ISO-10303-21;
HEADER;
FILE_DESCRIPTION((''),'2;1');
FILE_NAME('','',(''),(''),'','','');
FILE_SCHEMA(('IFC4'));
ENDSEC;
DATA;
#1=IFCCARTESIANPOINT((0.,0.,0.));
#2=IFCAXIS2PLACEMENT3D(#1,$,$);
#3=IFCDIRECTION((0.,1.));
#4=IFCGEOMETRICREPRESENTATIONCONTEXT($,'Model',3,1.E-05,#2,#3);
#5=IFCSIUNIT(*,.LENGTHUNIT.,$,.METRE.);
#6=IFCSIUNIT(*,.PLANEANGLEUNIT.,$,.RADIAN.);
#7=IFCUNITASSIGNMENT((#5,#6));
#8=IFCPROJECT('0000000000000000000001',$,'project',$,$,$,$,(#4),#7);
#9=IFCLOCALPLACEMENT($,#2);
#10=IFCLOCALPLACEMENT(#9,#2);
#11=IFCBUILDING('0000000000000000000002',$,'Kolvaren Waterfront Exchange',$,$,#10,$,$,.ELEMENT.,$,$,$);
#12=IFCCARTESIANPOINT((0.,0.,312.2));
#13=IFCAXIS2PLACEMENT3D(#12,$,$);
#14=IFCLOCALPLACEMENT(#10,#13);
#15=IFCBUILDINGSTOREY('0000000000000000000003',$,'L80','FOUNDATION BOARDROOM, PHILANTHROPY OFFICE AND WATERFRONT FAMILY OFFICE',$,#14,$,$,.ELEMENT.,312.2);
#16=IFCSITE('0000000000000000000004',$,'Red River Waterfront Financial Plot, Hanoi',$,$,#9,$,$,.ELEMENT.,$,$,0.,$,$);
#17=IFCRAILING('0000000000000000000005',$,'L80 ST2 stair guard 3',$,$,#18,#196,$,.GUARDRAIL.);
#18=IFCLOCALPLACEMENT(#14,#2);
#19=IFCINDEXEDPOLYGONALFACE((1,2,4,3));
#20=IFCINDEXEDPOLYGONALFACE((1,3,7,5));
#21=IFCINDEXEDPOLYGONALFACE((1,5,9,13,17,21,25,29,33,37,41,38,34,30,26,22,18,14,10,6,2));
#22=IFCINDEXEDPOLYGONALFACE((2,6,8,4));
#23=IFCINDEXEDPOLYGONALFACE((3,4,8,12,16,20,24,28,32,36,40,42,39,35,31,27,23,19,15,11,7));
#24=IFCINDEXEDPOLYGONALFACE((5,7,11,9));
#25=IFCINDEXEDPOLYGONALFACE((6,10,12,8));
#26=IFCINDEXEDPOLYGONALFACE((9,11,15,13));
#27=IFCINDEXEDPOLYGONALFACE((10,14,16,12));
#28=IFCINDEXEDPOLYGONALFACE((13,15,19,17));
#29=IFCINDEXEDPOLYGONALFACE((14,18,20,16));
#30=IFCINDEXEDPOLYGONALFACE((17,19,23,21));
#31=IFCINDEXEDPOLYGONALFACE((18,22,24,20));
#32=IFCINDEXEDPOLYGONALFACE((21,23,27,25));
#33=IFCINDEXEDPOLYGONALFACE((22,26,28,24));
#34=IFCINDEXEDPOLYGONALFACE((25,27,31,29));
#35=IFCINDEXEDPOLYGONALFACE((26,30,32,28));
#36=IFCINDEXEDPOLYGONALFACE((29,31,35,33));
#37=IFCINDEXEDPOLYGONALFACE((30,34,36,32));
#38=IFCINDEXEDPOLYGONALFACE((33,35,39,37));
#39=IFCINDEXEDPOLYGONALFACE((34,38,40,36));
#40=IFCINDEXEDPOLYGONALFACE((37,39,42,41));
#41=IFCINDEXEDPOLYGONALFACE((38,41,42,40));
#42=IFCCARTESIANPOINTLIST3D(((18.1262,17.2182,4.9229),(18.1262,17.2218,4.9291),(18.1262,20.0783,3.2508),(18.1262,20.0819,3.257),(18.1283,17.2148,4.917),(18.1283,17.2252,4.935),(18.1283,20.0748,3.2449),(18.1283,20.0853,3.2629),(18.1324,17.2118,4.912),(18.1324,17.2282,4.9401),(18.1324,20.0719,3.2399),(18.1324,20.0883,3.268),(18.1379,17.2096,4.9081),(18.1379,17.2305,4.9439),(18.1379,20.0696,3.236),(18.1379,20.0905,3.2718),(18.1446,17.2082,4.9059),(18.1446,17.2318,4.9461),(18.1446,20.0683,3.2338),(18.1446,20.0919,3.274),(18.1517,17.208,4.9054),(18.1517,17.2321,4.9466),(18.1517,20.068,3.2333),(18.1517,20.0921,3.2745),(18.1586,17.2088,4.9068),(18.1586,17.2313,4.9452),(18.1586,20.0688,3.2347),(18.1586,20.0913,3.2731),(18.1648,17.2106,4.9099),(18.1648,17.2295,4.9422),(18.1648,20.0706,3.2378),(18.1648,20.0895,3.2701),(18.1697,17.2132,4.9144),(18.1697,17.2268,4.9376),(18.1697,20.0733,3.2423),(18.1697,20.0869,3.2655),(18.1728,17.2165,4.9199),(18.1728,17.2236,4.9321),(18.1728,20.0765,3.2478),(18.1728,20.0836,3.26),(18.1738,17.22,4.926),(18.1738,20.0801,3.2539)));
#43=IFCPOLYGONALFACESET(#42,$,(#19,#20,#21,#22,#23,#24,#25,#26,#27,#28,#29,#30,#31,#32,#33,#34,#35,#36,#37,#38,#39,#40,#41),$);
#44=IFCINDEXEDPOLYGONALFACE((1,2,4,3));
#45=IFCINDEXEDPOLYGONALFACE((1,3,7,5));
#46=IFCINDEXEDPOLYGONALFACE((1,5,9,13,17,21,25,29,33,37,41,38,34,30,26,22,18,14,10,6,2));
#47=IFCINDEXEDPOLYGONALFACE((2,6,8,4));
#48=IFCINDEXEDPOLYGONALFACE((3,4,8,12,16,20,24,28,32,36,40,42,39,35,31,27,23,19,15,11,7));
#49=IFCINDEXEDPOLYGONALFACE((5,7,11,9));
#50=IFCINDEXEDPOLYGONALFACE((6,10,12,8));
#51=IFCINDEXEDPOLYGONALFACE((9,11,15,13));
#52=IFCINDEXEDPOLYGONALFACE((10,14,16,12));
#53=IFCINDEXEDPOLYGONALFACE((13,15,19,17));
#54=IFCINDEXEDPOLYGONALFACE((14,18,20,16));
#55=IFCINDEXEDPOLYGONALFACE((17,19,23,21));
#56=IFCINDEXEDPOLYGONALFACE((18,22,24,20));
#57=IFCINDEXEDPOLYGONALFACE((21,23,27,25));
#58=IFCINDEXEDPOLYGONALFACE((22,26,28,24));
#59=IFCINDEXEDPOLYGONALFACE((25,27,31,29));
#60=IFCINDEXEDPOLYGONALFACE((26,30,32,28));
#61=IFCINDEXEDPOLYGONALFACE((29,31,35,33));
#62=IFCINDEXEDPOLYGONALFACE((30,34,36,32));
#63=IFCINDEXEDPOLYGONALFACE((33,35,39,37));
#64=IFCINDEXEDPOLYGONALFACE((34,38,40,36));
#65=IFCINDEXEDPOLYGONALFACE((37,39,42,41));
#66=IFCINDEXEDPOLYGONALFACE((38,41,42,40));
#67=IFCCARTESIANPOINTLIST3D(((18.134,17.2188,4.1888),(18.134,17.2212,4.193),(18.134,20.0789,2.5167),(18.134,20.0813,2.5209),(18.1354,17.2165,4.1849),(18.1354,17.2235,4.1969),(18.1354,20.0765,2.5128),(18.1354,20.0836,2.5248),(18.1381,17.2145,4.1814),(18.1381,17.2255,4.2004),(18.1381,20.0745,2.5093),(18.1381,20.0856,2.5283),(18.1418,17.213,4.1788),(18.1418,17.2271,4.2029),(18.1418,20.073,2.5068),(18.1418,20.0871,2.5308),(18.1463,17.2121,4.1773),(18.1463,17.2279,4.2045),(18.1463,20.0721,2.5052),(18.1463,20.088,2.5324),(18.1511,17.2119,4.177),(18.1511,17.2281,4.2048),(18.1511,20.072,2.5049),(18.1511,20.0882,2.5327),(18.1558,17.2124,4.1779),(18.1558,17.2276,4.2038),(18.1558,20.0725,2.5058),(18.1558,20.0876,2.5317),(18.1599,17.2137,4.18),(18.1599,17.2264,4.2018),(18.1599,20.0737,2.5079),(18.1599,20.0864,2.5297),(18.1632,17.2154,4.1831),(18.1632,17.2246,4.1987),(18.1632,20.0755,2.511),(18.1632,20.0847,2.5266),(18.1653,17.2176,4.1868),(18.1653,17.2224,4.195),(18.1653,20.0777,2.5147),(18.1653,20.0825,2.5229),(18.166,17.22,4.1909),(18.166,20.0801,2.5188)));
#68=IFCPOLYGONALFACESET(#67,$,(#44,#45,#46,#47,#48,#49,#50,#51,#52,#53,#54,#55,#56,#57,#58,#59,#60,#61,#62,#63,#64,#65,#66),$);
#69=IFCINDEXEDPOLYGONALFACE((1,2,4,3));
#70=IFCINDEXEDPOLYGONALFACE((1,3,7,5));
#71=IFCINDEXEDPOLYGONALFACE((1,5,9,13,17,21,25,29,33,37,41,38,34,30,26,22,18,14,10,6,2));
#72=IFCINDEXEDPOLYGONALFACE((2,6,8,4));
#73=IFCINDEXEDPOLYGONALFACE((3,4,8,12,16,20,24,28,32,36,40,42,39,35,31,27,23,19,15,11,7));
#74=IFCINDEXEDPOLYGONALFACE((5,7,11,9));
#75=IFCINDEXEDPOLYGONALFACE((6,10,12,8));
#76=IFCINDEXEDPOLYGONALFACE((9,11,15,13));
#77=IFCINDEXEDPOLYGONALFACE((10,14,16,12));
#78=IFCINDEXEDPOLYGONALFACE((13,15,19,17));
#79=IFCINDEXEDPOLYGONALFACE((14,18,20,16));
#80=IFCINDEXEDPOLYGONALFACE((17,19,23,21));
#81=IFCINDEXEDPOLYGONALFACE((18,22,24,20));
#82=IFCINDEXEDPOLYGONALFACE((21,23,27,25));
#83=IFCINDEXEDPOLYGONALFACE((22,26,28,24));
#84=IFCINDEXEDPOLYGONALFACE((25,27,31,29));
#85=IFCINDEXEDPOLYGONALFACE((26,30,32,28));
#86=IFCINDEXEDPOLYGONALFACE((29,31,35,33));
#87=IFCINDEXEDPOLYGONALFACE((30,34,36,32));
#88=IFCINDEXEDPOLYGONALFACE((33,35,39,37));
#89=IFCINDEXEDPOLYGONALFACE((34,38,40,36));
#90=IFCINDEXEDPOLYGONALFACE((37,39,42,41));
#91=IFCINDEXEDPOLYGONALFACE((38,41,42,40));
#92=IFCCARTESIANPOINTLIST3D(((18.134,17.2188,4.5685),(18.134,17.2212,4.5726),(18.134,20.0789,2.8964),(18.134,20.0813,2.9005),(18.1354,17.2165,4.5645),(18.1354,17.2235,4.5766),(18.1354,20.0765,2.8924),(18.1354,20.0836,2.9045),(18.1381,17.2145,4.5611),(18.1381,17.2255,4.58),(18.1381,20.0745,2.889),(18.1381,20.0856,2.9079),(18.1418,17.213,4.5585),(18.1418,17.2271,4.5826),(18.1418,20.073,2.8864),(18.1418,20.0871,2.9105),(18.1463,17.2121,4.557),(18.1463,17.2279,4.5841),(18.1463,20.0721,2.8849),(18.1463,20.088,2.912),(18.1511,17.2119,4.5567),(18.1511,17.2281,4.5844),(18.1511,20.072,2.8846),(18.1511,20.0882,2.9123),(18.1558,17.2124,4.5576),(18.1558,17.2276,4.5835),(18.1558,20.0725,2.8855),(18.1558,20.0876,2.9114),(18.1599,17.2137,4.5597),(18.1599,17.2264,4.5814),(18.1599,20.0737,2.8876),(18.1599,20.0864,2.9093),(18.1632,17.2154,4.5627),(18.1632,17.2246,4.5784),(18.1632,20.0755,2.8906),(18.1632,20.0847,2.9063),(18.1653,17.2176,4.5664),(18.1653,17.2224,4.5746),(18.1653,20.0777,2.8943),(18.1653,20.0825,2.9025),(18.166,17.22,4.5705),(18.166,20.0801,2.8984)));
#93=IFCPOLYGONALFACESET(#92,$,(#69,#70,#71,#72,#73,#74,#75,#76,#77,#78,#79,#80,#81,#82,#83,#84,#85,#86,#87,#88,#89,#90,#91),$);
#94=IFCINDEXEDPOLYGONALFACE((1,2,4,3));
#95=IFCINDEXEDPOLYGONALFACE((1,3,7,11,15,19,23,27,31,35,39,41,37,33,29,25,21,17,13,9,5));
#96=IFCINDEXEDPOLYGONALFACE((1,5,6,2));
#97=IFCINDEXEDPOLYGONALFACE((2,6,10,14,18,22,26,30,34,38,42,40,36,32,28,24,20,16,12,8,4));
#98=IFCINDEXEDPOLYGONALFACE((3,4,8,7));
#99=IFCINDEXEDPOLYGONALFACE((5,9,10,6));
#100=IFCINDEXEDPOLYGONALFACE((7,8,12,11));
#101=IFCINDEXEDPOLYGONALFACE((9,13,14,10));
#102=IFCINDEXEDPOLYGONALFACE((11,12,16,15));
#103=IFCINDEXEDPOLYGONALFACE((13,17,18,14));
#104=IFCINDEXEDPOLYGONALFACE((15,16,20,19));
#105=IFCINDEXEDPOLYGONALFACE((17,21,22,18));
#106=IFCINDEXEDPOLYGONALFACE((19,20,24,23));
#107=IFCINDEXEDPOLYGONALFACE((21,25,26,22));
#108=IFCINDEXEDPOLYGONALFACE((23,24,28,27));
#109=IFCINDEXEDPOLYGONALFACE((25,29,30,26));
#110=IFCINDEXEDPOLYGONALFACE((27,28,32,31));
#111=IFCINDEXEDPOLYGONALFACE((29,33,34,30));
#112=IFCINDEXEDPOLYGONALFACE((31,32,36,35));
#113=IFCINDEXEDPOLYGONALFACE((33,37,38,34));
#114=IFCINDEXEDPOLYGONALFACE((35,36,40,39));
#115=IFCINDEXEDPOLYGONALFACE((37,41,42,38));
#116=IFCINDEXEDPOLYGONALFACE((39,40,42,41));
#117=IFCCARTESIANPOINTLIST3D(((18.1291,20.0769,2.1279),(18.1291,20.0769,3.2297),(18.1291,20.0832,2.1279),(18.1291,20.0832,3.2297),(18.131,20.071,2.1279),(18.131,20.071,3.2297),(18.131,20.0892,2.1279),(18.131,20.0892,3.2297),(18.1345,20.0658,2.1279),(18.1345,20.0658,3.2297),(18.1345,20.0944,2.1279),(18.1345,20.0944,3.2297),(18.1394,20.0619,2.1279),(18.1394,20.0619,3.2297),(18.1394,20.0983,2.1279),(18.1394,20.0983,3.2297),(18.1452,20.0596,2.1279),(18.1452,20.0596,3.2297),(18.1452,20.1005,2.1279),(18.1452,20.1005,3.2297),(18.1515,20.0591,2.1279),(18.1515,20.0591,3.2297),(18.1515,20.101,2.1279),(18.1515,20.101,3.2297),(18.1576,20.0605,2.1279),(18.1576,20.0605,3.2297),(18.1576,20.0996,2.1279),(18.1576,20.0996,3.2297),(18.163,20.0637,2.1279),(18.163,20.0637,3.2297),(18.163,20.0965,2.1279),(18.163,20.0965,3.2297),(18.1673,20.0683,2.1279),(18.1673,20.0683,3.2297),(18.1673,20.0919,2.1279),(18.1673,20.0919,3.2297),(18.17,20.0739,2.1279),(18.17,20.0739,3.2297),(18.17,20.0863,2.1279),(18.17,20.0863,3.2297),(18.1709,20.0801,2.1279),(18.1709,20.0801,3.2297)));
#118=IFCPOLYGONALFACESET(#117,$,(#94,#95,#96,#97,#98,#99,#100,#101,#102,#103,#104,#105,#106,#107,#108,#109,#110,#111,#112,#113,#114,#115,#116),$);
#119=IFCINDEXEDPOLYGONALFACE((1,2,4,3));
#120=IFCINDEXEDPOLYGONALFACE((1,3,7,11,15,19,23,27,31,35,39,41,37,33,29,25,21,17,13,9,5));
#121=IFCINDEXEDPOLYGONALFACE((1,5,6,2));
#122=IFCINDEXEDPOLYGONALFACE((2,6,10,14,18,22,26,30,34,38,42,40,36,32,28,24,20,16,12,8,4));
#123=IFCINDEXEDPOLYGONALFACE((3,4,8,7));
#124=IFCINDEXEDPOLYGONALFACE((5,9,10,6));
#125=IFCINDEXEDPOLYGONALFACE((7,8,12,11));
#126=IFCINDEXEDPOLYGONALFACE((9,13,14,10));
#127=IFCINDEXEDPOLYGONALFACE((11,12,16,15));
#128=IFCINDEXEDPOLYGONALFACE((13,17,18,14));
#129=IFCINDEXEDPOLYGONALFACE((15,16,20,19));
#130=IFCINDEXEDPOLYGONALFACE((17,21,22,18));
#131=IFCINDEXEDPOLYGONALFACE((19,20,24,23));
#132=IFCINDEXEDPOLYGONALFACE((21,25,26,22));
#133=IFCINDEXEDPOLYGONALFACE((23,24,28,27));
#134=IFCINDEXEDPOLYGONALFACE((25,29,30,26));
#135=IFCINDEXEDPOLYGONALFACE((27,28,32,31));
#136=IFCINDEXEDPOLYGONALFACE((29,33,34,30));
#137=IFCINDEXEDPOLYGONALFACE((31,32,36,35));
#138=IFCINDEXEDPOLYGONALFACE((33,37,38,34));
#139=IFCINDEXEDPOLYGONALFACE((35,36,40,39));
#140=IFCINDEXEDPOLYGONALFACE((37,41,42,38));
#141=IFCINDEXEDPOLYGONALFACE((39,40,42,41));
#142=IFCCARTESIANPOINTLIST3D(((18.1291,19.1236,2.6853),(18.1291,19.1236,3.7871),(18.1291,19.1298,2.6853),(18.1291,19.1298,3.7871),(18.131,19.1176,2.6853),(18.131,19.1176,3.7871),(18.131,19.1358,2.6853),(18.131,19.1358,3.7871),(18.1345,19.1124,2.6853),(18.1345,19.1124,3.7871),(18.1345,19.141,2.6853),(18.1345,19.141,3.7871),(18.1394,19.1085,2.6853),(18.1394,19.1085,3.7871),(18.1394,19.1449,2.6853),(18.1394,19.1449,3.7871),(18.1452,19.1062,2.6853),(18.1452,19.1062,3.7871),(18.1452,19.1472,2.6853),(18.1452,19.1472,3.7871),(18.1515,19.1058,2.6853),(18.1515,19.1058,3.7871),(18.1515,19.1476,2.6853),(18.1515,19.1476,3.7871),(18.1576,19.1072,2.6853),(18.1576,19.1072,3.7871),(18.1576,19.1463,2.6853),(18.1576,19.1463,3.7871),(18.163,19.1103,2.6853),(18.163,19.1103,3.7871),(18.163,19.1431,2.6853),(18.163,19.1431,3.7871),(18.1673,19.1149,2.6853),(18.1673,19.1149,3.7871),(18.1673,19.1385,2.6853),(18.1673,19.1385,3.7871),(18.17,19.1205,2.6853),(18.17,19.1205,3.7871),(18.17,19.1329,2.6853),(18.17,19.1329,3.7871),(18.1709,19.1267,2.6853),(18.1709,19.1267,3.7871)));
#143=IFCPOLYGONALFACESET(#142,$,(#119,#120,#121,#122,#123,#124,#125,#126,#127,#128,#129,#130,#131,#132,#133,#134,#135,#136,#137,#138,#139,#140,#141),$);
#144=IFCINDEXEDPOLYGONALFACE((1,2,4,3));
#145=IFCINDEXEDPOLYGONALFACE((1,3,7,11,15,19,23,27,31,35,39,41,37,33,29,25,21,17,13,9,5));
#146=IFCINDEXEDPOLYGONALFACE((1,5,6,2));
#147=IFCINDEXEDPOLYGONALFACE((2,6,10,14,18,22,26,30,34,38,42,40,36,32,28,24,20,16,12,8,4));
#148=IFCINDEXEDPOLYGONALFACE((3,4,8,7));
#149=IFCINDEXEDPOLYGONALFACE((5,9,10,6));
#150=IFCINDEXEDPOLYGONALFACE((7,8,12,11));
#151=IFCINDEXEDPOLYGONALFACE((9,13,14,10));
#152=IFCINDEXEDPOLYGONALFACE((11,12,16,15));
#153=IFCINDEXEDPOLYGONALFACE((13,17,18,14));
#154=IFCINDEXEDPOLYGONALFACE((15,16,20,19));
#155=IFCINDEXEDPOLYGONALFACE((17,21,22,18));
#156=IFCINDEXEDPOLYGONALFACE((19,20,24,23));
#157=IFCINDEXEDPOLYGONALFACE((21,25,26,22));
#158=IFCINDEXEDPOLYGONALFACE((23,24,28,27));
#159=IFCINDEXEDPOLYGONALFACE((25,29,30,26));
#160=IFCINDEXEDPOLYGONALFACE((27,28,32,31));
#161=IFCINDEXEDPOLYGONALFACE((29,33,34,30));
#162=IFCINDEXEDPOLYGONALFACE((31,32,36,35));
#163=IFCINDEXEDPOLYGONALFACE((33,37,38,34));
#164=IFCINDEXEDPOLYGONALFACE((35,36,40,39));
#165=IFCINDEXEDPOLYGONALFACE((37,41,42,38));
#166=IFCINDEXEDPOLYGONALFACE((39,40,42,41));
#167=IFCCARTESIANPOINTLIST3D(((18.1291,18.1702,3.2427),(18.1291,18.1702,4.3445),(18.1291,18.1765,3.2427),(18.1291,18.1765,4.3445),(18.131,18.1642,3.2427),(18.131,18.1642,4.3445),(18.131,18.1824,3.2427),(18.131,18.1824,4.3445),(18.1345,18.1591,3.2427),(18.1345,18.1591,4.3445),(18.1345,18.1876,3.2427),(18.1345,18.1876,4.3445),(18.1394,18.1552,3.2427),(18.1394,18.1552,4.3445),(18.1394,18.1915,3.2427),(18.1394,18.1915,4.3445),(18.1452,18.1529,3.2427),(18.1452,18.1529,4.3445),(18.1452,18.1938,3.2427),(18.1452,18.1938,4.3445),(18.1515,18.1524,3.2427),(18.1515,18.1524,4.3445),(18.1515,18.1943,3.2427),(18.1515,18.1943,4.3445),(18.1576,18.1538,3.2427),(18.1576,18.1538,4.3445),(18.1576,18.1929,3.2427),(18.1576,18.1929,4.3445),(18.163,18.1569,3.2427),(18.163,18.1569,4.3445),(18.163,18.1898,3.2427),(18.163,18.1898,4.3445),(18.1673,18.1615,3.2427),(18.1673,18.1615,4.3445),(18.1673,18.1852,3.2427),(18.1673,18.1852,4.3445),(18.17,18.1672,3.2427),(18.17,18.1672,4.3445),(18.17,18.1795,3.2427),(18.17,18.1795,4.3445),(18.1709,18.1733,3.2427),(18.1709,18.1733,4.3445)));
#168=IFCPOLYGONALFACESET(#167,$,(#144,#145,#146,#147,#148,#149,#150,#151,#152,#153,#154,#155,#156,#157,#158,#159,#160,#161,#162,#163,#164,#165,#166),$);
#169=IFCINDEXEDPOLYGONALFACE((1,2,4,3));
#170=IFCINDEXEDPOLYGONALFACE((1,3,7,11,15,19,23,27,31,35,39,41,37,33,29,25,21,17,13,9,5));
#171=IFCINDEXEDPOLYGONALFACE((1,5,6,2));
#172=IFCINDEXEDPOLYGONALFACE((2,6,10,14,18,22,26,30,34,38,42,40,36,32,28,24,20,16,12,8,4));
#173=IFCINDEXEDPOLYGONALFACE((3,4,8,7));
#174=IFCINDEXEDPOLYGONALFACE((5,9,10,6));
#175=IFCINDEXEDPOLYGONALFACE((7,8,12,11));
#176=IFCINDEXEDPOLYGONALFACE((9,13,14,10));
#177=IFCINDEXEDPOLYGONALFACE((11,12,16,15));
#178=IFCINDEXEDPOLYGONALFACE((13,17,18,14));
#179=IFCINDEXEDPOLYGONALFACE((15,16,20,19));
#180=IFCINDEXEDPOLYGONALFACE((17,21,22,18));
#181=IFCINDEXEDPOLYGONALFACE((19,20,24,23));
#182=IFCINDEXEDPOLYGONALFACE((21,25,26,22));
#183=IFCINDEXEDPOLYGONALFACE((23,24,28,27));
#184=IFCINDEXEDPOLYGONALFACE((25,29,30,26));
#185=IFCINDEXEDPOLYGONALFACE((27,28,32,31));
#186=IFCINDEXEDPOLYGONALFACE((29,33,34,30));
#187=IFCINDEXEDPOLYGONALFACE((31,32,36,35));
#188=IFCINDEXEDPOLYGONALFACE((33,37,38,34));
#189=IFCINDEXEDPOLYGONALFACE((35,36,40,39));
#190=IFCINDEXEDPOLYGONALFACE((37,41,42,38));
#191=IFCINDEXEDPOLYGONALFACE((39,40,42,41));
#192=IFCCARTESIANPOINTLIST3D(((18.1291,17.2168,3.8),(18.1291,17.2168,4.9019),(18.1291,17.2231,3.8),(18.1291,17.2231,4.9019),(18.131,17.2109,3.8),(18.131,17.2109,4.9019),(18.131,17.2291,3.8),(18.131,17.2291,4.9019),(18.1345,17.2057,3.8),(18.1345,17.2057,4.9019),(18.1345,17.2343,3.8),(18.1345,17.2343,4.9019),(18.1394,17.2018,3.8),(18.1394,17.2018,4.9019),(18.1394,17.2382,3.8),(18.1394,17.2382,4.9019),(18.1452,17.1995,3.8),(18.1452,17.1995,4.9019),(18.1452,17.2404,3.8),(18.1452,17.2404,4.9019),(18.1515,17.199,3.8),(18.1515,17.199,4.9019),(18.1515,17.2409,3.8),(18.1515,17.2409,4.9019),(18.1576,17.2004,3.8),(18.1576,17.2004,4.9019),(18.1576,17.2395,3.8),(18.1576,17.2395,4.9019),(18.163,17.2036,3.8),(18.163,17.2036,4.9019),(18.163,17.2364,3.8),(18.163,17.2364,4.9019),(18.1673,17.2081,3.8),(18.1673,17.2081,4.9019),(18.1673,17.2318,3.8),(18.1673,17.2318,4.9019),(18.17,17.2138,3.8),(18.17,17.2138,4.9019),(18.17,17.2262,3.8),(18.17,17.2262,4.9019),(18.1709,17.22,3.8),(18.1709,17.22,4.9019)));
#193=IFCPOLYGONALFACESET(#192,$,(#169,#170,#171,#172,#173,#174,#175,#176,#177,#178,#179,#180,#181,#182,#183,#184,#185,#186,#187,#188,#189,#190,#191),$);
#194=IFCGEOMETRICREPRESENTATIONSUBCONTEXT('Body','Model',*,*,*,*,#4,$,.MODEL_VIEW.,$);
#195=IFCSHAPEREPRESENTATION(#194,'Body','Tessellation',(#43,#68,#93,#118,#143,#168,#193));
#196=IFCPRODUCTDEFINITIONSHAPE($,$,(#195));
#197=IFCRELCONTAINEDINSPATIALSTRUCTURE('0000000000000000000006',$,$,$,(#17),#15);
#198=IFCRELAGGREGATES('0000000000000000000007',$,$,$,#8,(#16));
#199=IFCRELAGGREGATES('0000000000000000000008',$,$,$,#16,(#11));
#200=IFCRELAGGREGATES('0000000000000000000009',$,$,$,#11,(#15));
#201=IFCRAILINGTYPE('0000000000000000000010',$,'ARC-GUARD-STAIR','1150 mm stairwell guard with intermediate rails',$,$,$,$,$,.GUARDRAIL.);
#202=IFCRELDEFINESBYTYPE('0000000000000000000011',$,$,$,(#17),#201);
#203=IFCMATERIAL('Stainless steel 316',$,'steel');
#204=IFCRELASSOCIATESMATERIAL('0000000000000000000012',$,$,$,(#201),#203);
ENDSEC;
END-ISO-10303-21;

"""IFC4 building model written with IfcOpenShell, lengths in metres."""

from ifc_helpers import new_model, si_unit, direction, frame, origin, origin_2d, place, context, subcontext, project, spatial, circle, extrude, material, type_object, element, save


model = new_model("IFC4")

# Units and contexts
model_context = context("Model", 3, precision=1e-05, world=origin(), true_north=direction((0.0, 1.0)))
body_context = subcontext(model_context, "Body", "Model", "MODEL_VIEW")
ifc_project = project(units=[si_unit("LENGTHUNIT", "METRE"), si_unit("PLANEANGLEUNIT", "RADIAN")], contexts=[model_context])

# Site, building, storey
site_placement = place(None, origin())
site = spatial("IfcSite", under=ifc_project, at=site_placement, Name="Red River Waterfront Financial Plot, Hanoi", CompositionType="ELEMENT", RefElevation=0.0)
building_placement = place(site_placement, origin())
building = spatial("IfcBuilding", under=site, at=building_placement, Name="Kolvaren Waterfront Exchange", CompositionType="ELEMENT")
storey_placement = place(building_placement, frame((0.0, 0.0, 312.2)))
storey = spatial("IfcBuildingStorey", under=building, at=storey_placement, Name="L80", Description="FOUNDATION BOARDROOM, PHILANTHROPY OFFICE AND WATERFRONT FAMILY OFFICE", CompositionType="ELEMENT", Elevation=312.2)

# Railing
ifc_material_1 = material(Name="Stainless steel 316", Category="steel")
railing_type_1 = type_object("IfcRailingType", Name="ARC-GUARD-STAIR", Description="1150 mm stairwell guard with intermediate rails", PredefinedType="GUARDRAIL", material=ifc_material_1)
railing_1_placement = place(storey_placement, frame((18.1499, 20.0801, 2.1279)))
element("IfcRailing", 1, at=railing_1_placement, inside=storey, type_object=railing_type_1, Name="L80 ST2 stair guard 3", PredefinedType="GUARDRAIL", context=body_context, shape_type="SweptSolid", body=[
    extrude(circle(Radius=0.0239, at=origin_2d()), frame((0.0, 0.0, 1.126), z_axis=(0.0, -0.863289, 0.504709), x_axis=(1.0, 0.0, 0.0)), (0.0, 0.0, 1.0), 3.313),
    extrude(circle(Radius=0.0161, at=origin_2d()), frame((0.0, 0.0, 0.3909), z_axis=(0.0, -0.863289, 0.504709), x_axis=(1.0, 0.0, 0.0)), (0.0, 0.0, 1.0), 3.313),
    extrude(circle(Radius=0.0161, at=origin_2d()), frame((0.0, 0.0, 0.7705), z_axis=(0.0, -0.863289, 0.504709), x_axis=(1.0, 0.0, 0.0)), (0.0, 0.0, 1.0), 3.313),
    extrude(circle(Radius=0.021, at=origin_2d()), origin(), (0.0, 0.0, 1.0), 1.1018),
    extrude(circle(Radius=0.021, at=origin_2d()), frame((0.0, -0.9534, 0.5574)), (0.0, 0.0, 1.0), 1.1018),
    extrude(circle(Radius=0.021, at=origin_2d()), frame((0.0, -1.9067, 1.1147)), (0.0, 0.0, 1.0), 1.1018),
    extrude(circle(Radius=0.021, at=origin_2d()), frame((0.0, -2.8601, 1.6721)), (0.0, 0.0, 1.0), 1.1018),
])

save(model, "model.ifc")
